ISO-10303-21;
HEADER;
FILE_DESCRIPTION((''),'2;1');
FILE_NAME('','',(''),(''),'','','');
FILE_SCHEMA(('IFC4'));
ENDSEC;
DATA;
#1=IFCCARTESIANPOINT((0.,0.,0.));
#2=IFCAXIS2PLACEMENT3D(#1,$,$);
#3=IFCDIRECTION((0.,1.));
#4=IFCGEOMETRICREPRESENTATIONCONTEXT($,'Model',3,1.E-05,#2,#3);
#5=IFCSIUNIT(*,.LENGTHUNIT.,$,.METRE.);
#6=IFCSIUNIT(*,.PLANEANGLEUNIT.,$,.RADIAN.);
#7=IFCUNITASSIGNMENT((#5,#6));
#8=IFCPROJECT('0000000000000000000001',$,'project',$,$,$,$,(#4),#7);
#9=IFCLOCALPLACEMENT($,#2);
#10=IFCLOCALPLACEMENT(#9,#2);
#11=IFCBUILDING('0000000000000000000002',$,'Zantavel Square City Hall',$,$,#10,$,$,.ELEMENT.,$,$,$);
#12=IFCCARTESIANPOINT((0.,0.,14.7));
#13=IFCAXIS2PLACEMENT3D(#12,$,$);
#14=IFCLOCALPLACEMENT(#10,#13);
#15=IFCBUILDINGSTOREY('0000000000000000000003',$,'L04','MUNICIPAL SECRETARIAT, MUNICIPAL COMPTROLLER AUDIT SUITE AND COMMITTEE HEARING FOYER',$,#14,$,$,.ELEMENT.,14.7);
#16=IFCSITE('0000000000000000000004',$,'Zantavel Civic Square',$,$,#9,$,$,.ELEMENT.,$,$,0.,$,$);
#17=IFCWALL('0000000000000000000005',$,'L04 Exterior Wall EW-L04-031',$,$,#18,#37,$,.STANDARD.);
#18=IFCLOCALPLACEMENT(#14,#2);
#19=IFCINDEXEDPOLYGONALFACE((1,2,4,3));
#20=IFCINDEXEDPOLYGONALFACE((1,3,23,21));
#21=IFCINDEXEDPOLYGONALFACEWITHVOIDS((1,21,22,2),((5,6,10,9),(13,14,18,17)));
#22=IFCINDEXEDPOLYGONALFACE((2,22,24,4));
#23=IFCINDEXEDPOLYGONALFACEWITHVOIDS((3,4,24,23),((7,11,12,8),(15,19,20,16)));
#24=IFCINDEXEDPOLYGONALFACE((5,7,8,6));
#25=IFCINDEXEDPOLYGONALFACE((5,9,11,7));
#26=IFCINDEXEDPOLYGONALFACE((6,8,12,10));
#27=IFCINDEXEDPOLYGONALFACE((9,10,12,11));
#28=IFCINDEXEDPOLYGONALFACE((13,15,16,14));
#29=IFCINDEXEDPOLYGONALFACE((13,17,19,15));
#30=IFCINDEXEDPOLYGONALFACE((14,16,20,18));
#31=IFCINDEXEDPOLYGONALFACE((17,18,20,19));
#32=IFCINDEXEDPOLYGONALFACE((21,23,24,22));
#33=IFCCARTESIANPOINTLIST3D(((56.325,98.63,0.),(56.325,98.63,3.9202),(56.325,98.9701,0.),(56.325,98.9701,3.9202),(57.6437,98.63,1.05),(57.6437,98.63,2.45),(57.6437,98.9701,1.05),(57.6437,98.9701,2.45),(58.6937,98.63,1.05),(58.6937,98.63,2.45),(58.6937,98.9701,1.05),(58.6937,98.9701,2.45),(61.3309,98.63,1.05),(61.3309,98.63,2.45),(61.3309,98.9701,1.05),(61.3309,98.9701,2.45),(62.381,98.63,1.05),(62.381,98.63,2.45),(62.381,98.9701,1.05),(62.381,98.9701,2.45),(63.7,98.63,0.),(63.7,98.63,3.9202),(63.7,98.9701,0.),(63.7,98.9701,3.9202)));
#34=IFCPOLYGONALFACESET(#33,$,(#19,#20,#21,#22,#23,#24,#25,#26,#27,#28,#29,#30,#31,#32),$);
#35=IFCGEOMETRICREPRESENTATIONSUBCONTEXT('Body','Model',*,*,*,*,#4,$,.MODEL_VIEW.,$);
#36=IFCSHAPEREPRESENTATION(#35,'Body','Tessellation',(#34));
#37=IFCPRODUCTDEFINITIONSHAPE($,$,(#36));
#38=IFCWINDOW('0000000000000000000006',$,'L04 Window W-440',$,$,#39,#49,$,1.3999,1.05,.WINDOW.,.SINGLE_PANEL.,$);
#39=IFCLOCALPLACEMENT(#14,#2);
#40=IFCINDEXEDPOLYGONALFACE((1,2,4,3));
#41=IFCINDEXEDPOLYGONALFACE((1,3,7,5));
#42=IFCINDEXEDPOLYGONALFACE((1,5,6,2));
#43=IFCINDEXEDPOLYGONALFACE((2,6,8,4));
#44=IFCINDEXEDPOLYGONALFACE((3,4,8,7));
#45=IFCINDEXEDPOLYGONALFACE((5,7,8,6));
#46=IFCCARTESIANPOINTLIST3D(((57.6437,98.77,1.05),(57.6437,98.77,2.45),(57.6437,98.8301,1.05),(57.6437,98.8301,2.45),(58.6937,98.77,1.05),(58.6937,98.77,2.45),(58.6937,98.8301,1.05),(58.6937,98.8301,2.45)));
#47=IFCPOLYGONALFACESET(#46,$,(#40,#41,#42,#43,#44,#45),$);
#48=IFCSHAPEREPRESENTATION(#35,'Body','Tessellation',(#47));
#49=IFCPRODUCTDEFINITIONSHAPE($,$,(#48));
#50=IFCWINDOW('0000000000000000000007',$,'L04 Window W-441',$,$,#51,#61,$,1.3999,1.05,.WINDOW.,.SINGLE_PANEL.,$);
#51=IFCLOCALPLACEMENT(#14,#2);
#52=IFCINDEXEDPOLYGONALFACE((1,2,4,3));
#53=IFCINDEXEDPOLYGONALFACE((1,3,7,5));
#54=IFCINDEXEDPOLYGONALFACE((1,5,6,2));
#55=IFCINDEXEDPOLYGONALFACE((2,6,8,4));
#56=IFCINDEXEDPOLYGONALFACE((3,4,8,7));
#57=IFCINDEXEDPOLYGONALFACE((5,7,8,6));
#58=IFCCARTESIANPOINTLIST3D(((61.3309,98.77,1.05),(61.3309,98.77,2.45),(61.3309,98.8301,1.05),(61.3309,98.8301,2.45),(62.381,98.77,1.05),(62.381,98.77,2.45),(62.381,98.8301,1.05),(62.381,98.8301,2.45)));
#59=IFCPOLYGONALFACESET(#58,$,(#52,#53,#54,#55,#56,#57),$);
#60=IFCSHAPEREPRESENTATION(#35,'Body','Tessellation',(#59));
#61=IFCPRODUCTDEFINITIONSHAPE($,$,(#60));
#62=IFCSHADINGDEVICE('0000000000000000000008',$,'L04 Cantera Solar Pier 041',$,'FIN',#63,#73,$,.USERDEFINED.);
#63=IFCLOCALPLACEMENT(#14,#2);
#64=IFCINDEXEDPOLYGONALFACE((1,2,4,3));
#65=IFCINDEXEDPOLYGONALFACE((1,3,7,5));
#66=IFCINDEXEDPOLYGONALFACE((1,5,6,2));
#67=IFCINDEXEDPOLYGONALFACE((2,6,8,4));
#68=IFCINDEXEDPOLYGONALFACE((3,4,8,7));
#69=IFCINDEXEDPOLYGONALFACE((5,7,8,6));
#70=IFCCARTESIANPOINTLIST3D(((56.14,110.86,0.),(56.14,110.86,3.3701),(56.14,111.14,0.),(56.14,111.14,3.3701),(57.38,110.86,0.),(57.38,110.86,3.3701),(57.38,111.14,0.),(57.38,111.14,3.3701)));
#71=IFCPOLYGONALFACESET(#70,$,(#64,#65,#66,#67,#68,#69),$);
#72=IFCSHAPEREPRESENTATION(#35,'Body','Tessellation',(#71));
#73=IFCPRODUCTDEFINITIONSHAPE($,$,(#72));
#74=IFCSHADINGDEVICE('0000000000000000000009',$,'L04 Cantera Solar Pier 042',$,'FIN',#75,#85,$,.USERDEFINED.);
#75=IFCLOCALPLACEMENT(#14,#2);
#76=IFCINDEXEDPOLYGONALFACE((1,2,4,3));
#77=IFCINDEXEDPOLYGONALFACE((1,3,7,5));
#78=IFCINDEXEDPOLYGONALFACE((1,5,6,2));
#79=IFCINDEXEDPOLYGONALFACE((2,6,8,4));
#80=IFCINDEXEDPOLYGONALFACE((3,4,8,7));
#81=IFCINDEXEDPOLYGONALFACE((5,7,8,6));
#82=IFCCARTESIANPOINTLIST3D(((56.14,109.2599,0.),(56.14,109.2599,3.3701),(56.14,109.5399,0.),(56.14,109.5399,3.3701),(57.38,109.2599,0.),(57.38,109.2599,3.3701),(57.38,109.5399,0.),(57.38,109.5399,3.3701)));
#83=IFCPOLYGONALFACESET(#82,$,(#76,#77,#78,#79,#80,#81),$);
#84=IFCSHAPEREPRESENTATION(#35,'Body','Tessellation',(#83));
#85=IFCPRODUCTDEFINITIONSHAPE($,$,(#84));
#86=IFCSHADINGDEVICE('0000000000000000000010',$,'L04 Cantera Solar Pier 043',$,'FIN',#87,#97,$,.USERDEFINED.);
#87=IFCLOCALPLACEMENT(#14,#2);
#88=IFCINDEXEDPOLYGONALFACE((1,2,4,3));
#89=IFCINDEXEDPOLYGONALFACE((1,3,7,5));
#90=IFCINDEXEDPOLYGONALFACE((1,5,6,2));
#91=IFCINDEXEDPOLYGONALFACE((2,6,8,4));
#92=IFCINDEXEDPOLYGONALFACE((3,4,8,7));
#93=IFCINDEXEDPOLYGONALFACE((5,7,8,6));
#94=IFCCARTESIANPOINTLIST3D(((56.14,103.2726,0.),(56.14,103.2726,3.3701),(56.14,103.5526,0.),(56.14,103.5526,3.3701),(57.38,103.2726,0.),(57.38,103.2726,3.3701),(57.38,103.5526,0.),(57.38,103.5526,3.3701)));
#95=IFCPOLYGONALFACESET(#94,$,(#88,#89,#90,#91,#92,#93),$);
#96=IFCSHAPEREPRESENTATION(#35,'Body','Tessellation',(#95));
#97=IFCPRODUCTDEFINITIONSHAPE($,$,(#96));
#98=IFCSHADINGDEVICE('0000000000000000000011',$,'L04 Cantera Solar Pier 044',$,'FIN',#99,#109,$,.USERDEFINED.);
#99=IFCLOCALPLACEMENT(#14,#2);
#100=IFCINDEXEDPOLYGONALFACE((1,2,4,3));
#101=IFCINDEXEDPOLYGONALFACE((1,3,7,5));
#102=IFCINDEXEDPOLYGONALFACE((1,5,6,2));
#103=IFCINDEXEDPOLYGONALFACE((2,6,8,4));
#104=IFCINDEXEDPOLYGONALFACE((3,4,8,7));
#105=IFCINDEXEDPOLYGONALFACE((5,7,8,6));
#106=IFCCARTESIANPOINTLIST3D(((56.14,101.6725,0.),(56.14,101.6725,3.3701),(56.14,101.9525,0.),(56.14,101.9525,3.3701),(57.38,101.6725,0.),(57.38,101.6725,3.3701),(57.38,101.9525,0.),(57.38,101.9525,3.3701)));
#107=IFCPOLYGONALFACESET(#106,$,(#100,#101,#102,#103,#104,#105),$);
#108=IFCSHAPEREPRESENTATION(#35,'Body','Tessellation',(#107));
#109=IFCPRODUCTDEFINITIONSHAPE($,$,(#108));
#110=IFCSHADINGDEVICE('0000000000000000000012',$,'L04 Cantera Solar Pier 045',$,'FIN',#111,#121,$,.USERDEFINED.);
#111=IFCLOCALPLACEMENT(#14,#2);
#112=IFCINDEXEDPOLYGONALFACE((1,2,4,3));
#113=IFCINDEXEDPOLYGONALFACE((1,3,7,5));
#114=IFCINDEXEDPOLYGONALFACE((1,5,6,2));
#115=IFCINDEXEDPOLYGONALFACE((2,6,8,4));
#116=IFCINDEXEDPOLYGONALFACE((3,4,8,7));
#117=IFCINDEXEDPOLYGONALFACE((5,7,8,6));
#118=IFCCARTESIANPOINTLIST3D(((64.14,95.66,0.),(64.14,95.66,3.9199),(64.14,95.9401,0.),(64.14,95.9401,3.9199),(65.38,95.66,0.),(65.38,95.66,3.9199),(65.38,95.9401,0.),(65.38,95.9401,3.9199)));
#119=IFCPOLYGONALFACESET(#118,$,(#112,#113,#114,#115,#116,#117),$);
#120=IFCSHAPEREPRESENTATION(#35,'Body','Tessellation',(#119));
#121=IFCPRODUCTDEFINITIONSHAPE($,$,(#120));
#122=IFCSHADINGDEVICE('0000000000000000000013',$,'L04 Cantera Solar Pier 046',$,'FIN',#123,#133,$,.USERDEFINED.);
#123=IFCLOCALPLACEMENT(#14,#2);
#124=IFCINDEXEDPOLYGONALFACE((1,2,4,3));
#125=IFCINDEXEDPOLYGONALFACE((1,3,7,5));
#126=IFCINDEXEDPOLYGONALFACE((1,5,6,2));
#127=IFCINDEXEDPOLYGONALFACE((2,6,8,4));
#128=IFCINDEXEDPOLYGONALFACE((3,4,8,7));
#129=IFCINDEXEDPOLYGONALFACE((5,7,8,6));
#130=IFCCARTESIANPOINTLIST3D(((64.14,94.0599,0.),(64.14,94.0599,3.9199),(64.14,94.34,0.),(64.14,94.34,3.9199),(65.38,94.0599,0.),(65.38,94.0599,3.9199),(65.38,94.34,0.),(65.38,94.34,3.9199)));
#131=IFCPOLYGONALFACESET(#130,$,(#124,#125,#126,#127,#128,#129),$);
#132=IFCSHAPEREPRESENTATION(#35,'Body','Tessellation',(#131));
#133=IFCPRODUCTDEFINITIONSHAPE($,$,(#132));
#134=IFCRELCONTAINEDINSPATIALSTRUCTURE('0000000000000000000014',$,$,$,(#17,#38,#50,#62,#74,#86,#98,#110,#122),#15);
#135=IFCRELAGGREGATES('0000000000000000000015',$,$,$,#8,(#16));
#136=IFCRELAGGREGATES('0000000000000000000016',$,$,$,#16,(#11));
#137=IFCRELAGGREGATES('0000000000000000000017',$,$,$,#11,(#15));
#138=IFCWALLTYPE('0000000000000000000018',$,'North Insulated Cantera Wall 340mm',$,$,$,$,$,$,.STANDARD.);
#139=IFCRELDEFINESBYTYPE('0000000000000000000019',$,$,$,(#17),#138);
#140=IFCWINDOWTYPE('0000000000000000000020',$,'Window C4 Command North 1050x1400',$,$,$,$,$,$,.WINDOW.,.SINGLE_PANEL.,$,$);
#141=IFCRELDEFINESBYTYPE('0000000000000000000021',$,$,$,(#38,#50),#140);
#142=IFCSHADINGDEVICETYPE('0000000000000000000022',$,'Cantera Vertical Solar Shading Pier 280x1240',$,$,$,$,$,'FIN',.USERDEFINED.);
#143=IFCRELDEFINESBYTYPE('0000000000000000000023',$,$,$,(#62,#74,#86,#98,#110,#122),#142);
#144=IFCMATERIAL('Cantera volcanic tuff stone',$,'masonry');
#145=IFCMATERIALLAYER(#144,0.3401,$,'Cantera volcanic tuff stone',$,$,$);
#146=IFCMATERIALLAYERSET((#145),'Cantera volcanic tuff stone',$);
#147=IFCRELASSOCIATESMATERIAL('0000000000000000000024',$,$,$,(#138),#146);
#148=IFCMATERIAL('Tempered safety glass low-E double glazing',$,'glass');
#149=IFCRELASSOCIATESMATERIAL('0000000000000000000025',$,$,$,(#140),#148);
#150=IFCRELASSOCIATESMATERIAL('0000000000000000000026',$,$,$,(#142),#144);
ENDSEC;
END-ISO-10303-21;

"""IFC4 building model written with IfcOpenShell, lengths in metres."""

from ifc_helpers import new_model, si_unit, direction, frame, frame_2d, origin, origin_2d, place, context, subcontext, project, spatial, rectangle, extrude, material, layer, layer_set, type_object, element, fill, save


model = new_model("IFC4")

# Units and contexts
model_context = context("Model", 3, precision=1e-05, world=origin(), true_north=direction((0.0, 1.0)))
body_context = subcontext(model_context, "Body", "Model", "MODEL_VIEW")
ifc_project = project(units=[si_unit("LENGTHUNIT", "METRE"), si_unit("PLANEANGLEUNIT", "RADIAN")], contexts=[model_context])

# Site, building, storey
site_placement = place(None, origin())
site = spatial("IfcSite", under=ifc_project, at=site_placement, Name="Zantavel Civic Square", CompositionType="ELEMENT", RefElevation=0.0)
building_placement = place(site_placement, origin())
building = spatial("IfcBuilding", under=site, at=building_placement, Name="Zantavel Square City Hall", CompositionType="ELEMENT")
storey_placement = place(building_placement, frame((0.0, 0.0, 14.7)))
storey = spatial("IfcBuildingStorey", under=building, at=storey_placement, Name="L04", Description="MUNICIPAL SECRETARIAT, MUNICIPAL COMPTROLLER AUDIT SUITE AND COMMITTEE HEARING FOYER", CompositionType="ELEMENT", Elevation=14.7)

# Wall, openings, windows
ifc_material_1 = material(Name="Cantera volcanic tuff stone", Category="masonry")
ifc_material_2 = material(Name="Tempered safety glass low-E double glazing", Category="glass")
ifc_layer_1 = layer(ifc_material_1, 0.3401, Name="Cantera volcanic tuff stone")
ifc_layer_set_1 = layer_set([ifc_layer_1], Name="Cantera volcanic tuff stone")
wall_type_1 = type_object("IfcWallType", Name="North Insulated Cantera Wall 340mm", PredefinedType="STANDARD", material=ifc_layer_set_1)
wall_1_placement = place(storey_placement, frame((56.325, 98.8, 0.0), z_axis=(0.0, 0.0, 1.0), x_axis=(1.0, 0.0, 0.0)))
wall_1 = element("IfcWall", 1, at=wall_1_placement, inside=storey, type_object=wall_type_1, Name="L04 Exterior Wall EW-L04-031", PredefinedType="STANDARD", context=body_context, shape_type="SweptSolid", body=[
    extrude(rectangle(XDim=7.375, YDim=0.3401, at=frame_2d((3.6875, 0.0))), origin(), (0.0, 0.0, 1.0), 3.9202),
])
opening_1_placement = place(wall_1_placement, frame((1.3188, 0.0, 1.05)))
opening_1 = element("IfcOpeningElement", 2, at=opening_1_placement, cuts=wall_1, PredefinedType="OPENING", context=body_context, shape_type="SweptSolid", body=[
    extrude(rectangle(XDim=1.05, YDim=1.3999, at=frame_2d((0.5249, 0.7))), frame((0.0, 0.1799, 0.0), z_axis=(0.0, -1.0, 0.0), x_axis=(1.0, 0.0, 0.0)), (0.0, 0.0, 1.0), 0.3601),
])
opening_2_placement = place(wall_1_placement, frame((5.0061, 0.0, 1.05)))
opening_2 = element("IfcOpeningElement", 3, at=opening_2_placement, cuts=wall_1, PredefinedType="OPENING", context=body_context, shape_type="SweptSolid", body=[
    extrude(rectangle(XDim=1.05, YDim=1.3999, at=frame_2d((0.5249, 0.7))), frame((0.0, 0.1799, 0.0), z_axis=(0.0, -1.0, 0.0), x_axis=(1.0, 0.0, 0.0)), (0.0, 0.0, 1.0), 0.3601),
])
window_type_1 = type_object("IfcWindowType", Name="Window C4 Command North 1050x1400", PartitioningType="SINGLE_PANEL", PredefinedType="WINDOW", material=ifc_material_2)
window_1_placement = place(opening_1_placement, origin())
window_1 = element("IfcWindow", 4, at=window_1_placement, inside=storey, type_object=window_type_1, Name="L04 Window W-440", OverallHeight=1.3999, OverallWidth=1.05, PartitioningType="SINGLE_PANEL", PredefinedType="WINDOW", context=body_context, shape_type="SweptSolid", body=[
    extrude(rectangle(XDim=1.05, YDim=1.3999, at=frame_2d((0.5249, 0.7))), frame((0.0, 0.03, 0.0), z_axis=(0.0, -1.0, 0.0), x_axis=(1.0, 0.0, 0.0)), (0.0, 0.0, 1.0), 0.0601),
])
fill(opening_1, window_1)
window_2_placement = place(opening_2_placement, origin())
window_2 = element("IfcWindow", 5, at=window_2_placement, inside=storey, type_object=window_type_1, Name="L04 Window W-441", OverallHeight=1.3999, OverallWidth=1.05, PartitioningType="SINGLE_PANEL", PredefinedType="WINDOW", context=body_context, shape_type="SweptSolid", body=[
    extrude(rectangle(XDim=1.05, YDim=1.3999, at=frame_2d((0.5249, 0.7))), frame((0.0, 0.03, 0.0), z_axis=(0.0, -1.0, 0.0), x_axis=(1.0, 0.0, 0.0)), (0.0, 0.0, 1.0), 0.0601),
])
fill(opening_2, window_2)

# Shading devices
shading_device_type = type_object("IfcShadingDeviceType", Name="Cantera Vertical Solar Shading Pier 280x1240", ElementType="FIN", PredefinedType="USERDEFINED", material=ifc_material_1)
for number, where, z_axis, x_axis, name in (
    (6, (56.76, 111.0, 0.0), (0.0, 0.0, 1.0), (1.0, 0.0, 0.0), "L04 Cantera Solar Pier 041"),
    (7, (56.76, 109.3999, 0.0), (0.0, 0.0, 1.0), (1.0, 0.0, 0.0), "L04 Cantera Solar Pier 042"),
    (8, (56.76, 103.4126, 0.0), (0.0, 0.0, 1.0), (1.0, 0.0, 0.0), "L04 Cantera Solar Pier 043"),
    (9, (56.76, 101.8125, 0.0), (0.0, 0.0, 1.0), (1.0, 0.0, 0.0), "L04 Cantera Solar Pier 044"),
):
    element("IfcShadingDevice", number, at=place(storey_placement, frame(where, z_axis=z_axis, x_axis=x_axis)), inside=storey, type_object=shading_device_type, Name=name, ObjectType="FIN", PredefinedType="USERDEFINED", context=body_context, shape_type="SweptSolid", body=[
        extrude(rectangle(XDim=1.24, YDim=0.28, at=origin_2d()), origin(), (0.0, 0.0, 1.0), 3.3701),
    ])
for number, where, z_axis, x_axis, name in (
    (10, (64.76, 95.8, 0.0), (0.0, 0.0, 1.0), (1.0, 0.0, 0.0), "L04 Cantera Solar Pier 045"),
    (11, (64.76, 94.2, 0.0), (0.0, 0.0, 1.0), (1.0, 0.0, 0.0), "L04 Cantera Solar Pier 046"),
):
    element("IfcShadingDevice", number, at=place(storey_placement, frame(where, z_axis=z_axis, x_axis=x_axis)), inside=storey, type_object=shading_device_type, Name=name, ObjectType="FIN", PredefinedType="USERDEFINED", context=body_context, shape_type="SweptSolid", body=[
        extrude(rectangle(XDim=1.24, YDim=0.28, at=origin_2d()), origin(), (0.0, 0.0, 1.0), 3.9199),
    ])

save(model, "model.ifc")
